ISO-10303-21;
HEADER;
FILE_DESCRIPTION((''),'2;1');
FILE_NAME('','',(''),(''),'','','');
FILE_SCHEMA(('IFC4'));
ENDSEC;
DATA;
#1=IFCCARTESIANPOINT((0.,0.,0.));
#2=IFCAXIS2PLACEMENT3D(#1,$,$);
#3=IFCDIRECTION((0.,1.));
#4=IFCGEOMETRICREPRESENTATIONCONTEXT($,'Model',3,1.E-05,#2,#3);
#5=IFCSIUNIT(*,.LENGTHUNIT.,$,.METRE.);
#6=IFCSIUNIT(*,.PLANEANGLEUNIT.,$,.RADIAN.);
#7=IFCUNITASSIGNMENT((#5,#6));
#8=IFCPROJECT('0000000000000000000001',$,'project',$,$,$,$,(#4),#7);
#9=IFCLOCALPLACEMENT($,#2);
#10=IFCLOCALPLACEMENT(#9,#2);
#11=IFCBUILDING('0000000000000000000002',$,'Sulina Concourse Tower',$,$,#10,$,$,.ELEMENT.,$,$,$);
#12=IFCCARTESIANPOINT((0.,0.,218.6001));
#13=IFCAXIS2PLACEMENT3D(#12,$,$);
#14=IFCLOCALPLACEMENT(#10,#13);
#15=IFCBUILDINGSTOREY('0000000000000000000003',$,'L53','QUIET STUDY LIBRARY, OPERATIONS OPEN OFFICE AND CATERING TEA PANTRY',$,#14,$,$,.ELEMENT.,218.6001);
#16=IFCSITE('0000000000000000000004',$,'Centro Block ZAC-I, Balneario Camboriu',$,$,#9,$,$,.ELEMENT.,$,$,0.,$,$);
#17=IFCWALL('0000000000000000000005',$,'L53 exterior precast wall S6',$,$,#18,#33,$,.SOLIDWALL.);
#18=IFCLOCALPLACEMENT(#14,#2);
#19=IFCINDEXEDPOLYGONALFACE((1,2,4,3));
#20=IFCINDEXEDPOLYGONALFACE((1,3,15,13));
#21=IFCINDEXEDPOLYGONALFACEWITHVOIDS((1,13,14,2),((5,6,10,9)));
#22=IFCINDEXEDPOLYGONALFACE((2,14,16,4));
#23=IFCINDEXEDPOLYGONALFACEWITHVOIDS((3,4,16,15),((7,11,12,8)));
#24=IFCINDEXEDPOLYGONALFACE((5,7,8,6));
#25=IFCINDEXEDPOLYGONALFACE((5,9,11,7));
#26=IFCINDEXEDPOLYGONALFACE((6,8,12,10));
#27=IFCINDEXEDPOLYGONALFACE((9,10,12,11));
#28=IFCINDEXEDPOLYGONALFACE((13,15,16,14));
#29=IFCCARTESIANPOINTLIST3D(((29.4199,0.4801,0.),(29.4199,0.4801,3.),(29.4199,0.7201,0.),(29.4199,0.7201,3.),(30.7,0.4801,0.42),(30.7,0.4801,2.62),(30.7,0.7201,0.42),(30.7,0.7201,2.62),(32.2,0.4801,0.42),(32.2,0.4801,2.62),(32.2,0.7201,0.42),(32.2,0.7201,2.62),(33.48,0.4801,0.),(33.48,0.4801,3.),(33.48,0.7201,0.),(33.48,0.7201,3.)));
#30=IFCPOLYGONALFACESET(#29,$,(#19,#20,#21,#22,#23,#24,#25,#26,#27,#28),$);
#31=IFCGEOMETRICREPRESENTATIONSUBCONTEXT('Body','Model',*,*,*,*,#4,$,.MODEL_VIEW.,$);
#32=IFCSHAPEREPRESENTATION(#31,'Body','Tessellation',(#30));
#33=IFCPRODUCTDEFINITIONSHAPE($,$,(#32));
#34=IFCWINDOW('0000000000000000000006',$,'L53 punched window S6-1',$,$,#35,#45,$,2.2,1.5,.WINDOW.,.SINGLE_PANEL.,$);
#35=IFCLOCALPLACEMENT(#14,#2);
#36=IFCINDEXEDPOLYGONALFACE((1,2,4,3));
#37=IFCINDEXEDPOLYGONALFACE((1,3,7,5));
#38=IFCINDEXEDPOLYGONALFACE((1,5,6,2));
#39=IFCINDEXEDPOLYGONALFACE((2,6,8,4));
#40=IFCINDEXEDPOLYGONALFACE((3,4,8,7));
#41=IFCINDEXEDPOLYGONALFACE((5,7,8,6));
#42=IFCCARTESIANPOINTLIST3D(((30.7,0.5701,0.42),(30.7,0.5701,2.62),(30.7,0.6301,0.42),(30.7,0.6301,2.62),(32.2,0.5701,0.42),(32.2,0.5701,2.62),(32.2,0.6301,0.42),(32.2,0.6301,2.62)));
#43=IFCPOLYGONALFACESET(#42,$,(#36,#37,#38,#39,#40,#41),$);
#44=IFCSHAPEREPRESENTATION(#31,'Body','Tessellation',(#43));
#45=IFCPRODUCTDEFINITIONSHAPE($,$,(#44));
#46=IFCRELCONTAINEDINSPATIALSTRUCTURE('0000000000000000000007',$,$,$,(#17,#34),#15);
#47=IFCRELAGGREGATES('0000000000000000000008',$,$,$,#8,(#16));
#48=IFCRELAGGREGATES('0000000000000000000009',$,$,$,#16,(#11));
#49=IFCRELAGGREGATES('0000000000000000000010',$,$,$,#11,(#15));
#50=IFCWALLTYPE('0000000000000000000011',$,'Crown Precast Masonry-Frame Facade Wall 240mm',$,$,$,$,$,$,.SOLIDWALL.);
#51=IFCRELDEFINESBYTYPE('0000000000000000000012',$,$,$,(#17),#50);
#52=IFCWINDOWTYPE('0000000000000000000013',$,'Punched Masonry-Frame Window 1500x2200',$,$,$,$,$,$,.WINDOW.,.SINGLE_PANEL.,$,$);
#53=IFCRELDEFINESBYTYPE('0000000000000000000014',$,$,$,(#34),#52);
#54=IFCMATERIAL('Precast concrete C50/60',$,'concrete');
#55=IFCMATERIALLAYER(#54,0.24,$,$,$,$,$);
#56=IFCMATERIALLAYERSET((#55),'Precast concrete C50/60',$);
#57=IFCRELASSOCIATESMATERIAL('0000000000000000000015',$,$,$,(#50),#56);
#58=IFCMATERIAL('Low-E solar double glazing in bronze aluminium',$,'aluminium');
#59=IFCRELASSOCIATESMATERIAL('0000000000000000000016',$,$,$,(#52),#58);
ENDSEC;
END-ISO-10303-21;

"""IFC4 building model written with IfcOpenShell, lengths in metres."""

from ifc_helpers import new_model, si_unit, direction, frame, frame_2d, origin, place, context, subcontext, project, spatial, rectangle, extrude, material, layer, layer_set, type_object, element, fill, save


model = new_model("IFC4")

# Units and contexts
model_context = context("Model", 3, precision=1e-05, world=origin(), true_north=direction((0.0, 1.0)))
body_context = subcontext(model_context, "Body", "Model", "MODEL_VIEW")
ifc_project = project(units=[si_unit("LENGTHUNIT", "METRE"), si_unit("PLANEANGLEUNIT", "RADIAN")], contexts=[model_context])

# Site, building, storey
site_placement = place(None, origin())
site = spatial("IfcSite", under=ifc_project, at=site_placement, Name="Centro Block ZAC-I, Balneario Camboriu", CompositionType="ELEMENT", RefElevation=0.0)
building_placement = place(site_placement, origin())
building = spatial("IfcBuilding", under=site, at=building_placement, Name="Sulina Concourse Tower", CompositionType="ELEMENT")
storey_placement = place(building_placement, frame((0.0, 0.0, 218.6001)))
storey = spatial("IfcBuildingStorey", under=building, at=storey_placement, Name="L53", Description="QUIET STUDY LIBRARY, OPERATIONS OPEN OFFICE AND CATERING TEA PANTRY", CompositionType="ELEMENT", Elevation=218.6001)

# Wall, opening, window
ifc_material_1 = material(Name="Precast concrete C50/60", Category="concrete")
ifc_layer_1 = layer(ifc_material_1, 0.24)
ifc_layer_set_1 = layer_set([ifc_layer_1], Name="Precast concrete C50/60")
wall_type = type_object("IfcWallType", Name="Crown Precast Masonry-Frame Facade Wall 240mm", PredefinedType="SOLIDWALL", material=ifc_layer_set_1)
ifc_material_2 = material(Name="Low-E solar double glazing in bronze aluminium", Category="aluminium")
window_type = type_object("IfcWindowType", Name="Punched Masonry-Frame Window 1500x2200", PartitioningType="SINGLE_PANEL", PredefinedType="WINDOW", material=ifc_material_2)
wall_1_placement = place(storey_placement, frame((33.48, 0.6001, 0.0), z_axis=(0.0, 0.0, 1.0), x_axis=(-1.0, 0.0, 0.0)))
wall_1 = element("IfcWall", 1, at=wall_1_placement, inside=storey, type_object=wall_type, Name="L53 exterior precast wall S6", PredefinedType="SOLIDWALL", context=body_context, shape_type="SweptSolid", body=[
    extrude(rectangle(XDim=4.0601, YDim=0.24, at=frame_2d((2.03, 0.0))), origin(), (0.0, 0.0, 1.0), 3.0),
])
opening_1_placement = place(wall_1_placement, frame((1.28, 0.0, 0.4199)))
opening_1 = element("IfcOpeningElement", 2, at=opening_1_placement, cuts=wall_1, PredefinedType="OPENING", context=body_context, shape_type="SweptSolid", body=[
    extrude(rectangle(XDim=1.5, YDim=2.2, at=frame_2d((0.75, 1.1001))), frame((0.0, 0.1299, 0.0), z_axis=(0.0, -1.0, 0.0), x_axis=(1.0, 0.0, 0.0)), (0.0, 0.0, 1.0), 0.26),
])
window_1_placement = place(opening_1_placement, origin())
window_1 = element("IfcWindow", 3, at=window_1_placement, inside=storey, type_object=window_type, Name="L53 punched window S6-1", OverallHeight=2.2, OverallWidth=1.5, PartitioningType="SINGLE_PANEL", PredefinedType="WINDOW", context=body_context, shape_type="SweptSolid", body=[
    extrude(rectangle(XDim=1.5, YDim=2.2, at=frame_2d((0.75, 1.1001))), frame((0.0, 0.03, 0.0), z_axis=(0.0, -1.0, 0.0), x_axis=(1.0, 0.0, 0.0)), (0.0, 0.0, 1.0), 0.0601),
])
fill(opening_1, window_1)

save(model, "model.ifc")
